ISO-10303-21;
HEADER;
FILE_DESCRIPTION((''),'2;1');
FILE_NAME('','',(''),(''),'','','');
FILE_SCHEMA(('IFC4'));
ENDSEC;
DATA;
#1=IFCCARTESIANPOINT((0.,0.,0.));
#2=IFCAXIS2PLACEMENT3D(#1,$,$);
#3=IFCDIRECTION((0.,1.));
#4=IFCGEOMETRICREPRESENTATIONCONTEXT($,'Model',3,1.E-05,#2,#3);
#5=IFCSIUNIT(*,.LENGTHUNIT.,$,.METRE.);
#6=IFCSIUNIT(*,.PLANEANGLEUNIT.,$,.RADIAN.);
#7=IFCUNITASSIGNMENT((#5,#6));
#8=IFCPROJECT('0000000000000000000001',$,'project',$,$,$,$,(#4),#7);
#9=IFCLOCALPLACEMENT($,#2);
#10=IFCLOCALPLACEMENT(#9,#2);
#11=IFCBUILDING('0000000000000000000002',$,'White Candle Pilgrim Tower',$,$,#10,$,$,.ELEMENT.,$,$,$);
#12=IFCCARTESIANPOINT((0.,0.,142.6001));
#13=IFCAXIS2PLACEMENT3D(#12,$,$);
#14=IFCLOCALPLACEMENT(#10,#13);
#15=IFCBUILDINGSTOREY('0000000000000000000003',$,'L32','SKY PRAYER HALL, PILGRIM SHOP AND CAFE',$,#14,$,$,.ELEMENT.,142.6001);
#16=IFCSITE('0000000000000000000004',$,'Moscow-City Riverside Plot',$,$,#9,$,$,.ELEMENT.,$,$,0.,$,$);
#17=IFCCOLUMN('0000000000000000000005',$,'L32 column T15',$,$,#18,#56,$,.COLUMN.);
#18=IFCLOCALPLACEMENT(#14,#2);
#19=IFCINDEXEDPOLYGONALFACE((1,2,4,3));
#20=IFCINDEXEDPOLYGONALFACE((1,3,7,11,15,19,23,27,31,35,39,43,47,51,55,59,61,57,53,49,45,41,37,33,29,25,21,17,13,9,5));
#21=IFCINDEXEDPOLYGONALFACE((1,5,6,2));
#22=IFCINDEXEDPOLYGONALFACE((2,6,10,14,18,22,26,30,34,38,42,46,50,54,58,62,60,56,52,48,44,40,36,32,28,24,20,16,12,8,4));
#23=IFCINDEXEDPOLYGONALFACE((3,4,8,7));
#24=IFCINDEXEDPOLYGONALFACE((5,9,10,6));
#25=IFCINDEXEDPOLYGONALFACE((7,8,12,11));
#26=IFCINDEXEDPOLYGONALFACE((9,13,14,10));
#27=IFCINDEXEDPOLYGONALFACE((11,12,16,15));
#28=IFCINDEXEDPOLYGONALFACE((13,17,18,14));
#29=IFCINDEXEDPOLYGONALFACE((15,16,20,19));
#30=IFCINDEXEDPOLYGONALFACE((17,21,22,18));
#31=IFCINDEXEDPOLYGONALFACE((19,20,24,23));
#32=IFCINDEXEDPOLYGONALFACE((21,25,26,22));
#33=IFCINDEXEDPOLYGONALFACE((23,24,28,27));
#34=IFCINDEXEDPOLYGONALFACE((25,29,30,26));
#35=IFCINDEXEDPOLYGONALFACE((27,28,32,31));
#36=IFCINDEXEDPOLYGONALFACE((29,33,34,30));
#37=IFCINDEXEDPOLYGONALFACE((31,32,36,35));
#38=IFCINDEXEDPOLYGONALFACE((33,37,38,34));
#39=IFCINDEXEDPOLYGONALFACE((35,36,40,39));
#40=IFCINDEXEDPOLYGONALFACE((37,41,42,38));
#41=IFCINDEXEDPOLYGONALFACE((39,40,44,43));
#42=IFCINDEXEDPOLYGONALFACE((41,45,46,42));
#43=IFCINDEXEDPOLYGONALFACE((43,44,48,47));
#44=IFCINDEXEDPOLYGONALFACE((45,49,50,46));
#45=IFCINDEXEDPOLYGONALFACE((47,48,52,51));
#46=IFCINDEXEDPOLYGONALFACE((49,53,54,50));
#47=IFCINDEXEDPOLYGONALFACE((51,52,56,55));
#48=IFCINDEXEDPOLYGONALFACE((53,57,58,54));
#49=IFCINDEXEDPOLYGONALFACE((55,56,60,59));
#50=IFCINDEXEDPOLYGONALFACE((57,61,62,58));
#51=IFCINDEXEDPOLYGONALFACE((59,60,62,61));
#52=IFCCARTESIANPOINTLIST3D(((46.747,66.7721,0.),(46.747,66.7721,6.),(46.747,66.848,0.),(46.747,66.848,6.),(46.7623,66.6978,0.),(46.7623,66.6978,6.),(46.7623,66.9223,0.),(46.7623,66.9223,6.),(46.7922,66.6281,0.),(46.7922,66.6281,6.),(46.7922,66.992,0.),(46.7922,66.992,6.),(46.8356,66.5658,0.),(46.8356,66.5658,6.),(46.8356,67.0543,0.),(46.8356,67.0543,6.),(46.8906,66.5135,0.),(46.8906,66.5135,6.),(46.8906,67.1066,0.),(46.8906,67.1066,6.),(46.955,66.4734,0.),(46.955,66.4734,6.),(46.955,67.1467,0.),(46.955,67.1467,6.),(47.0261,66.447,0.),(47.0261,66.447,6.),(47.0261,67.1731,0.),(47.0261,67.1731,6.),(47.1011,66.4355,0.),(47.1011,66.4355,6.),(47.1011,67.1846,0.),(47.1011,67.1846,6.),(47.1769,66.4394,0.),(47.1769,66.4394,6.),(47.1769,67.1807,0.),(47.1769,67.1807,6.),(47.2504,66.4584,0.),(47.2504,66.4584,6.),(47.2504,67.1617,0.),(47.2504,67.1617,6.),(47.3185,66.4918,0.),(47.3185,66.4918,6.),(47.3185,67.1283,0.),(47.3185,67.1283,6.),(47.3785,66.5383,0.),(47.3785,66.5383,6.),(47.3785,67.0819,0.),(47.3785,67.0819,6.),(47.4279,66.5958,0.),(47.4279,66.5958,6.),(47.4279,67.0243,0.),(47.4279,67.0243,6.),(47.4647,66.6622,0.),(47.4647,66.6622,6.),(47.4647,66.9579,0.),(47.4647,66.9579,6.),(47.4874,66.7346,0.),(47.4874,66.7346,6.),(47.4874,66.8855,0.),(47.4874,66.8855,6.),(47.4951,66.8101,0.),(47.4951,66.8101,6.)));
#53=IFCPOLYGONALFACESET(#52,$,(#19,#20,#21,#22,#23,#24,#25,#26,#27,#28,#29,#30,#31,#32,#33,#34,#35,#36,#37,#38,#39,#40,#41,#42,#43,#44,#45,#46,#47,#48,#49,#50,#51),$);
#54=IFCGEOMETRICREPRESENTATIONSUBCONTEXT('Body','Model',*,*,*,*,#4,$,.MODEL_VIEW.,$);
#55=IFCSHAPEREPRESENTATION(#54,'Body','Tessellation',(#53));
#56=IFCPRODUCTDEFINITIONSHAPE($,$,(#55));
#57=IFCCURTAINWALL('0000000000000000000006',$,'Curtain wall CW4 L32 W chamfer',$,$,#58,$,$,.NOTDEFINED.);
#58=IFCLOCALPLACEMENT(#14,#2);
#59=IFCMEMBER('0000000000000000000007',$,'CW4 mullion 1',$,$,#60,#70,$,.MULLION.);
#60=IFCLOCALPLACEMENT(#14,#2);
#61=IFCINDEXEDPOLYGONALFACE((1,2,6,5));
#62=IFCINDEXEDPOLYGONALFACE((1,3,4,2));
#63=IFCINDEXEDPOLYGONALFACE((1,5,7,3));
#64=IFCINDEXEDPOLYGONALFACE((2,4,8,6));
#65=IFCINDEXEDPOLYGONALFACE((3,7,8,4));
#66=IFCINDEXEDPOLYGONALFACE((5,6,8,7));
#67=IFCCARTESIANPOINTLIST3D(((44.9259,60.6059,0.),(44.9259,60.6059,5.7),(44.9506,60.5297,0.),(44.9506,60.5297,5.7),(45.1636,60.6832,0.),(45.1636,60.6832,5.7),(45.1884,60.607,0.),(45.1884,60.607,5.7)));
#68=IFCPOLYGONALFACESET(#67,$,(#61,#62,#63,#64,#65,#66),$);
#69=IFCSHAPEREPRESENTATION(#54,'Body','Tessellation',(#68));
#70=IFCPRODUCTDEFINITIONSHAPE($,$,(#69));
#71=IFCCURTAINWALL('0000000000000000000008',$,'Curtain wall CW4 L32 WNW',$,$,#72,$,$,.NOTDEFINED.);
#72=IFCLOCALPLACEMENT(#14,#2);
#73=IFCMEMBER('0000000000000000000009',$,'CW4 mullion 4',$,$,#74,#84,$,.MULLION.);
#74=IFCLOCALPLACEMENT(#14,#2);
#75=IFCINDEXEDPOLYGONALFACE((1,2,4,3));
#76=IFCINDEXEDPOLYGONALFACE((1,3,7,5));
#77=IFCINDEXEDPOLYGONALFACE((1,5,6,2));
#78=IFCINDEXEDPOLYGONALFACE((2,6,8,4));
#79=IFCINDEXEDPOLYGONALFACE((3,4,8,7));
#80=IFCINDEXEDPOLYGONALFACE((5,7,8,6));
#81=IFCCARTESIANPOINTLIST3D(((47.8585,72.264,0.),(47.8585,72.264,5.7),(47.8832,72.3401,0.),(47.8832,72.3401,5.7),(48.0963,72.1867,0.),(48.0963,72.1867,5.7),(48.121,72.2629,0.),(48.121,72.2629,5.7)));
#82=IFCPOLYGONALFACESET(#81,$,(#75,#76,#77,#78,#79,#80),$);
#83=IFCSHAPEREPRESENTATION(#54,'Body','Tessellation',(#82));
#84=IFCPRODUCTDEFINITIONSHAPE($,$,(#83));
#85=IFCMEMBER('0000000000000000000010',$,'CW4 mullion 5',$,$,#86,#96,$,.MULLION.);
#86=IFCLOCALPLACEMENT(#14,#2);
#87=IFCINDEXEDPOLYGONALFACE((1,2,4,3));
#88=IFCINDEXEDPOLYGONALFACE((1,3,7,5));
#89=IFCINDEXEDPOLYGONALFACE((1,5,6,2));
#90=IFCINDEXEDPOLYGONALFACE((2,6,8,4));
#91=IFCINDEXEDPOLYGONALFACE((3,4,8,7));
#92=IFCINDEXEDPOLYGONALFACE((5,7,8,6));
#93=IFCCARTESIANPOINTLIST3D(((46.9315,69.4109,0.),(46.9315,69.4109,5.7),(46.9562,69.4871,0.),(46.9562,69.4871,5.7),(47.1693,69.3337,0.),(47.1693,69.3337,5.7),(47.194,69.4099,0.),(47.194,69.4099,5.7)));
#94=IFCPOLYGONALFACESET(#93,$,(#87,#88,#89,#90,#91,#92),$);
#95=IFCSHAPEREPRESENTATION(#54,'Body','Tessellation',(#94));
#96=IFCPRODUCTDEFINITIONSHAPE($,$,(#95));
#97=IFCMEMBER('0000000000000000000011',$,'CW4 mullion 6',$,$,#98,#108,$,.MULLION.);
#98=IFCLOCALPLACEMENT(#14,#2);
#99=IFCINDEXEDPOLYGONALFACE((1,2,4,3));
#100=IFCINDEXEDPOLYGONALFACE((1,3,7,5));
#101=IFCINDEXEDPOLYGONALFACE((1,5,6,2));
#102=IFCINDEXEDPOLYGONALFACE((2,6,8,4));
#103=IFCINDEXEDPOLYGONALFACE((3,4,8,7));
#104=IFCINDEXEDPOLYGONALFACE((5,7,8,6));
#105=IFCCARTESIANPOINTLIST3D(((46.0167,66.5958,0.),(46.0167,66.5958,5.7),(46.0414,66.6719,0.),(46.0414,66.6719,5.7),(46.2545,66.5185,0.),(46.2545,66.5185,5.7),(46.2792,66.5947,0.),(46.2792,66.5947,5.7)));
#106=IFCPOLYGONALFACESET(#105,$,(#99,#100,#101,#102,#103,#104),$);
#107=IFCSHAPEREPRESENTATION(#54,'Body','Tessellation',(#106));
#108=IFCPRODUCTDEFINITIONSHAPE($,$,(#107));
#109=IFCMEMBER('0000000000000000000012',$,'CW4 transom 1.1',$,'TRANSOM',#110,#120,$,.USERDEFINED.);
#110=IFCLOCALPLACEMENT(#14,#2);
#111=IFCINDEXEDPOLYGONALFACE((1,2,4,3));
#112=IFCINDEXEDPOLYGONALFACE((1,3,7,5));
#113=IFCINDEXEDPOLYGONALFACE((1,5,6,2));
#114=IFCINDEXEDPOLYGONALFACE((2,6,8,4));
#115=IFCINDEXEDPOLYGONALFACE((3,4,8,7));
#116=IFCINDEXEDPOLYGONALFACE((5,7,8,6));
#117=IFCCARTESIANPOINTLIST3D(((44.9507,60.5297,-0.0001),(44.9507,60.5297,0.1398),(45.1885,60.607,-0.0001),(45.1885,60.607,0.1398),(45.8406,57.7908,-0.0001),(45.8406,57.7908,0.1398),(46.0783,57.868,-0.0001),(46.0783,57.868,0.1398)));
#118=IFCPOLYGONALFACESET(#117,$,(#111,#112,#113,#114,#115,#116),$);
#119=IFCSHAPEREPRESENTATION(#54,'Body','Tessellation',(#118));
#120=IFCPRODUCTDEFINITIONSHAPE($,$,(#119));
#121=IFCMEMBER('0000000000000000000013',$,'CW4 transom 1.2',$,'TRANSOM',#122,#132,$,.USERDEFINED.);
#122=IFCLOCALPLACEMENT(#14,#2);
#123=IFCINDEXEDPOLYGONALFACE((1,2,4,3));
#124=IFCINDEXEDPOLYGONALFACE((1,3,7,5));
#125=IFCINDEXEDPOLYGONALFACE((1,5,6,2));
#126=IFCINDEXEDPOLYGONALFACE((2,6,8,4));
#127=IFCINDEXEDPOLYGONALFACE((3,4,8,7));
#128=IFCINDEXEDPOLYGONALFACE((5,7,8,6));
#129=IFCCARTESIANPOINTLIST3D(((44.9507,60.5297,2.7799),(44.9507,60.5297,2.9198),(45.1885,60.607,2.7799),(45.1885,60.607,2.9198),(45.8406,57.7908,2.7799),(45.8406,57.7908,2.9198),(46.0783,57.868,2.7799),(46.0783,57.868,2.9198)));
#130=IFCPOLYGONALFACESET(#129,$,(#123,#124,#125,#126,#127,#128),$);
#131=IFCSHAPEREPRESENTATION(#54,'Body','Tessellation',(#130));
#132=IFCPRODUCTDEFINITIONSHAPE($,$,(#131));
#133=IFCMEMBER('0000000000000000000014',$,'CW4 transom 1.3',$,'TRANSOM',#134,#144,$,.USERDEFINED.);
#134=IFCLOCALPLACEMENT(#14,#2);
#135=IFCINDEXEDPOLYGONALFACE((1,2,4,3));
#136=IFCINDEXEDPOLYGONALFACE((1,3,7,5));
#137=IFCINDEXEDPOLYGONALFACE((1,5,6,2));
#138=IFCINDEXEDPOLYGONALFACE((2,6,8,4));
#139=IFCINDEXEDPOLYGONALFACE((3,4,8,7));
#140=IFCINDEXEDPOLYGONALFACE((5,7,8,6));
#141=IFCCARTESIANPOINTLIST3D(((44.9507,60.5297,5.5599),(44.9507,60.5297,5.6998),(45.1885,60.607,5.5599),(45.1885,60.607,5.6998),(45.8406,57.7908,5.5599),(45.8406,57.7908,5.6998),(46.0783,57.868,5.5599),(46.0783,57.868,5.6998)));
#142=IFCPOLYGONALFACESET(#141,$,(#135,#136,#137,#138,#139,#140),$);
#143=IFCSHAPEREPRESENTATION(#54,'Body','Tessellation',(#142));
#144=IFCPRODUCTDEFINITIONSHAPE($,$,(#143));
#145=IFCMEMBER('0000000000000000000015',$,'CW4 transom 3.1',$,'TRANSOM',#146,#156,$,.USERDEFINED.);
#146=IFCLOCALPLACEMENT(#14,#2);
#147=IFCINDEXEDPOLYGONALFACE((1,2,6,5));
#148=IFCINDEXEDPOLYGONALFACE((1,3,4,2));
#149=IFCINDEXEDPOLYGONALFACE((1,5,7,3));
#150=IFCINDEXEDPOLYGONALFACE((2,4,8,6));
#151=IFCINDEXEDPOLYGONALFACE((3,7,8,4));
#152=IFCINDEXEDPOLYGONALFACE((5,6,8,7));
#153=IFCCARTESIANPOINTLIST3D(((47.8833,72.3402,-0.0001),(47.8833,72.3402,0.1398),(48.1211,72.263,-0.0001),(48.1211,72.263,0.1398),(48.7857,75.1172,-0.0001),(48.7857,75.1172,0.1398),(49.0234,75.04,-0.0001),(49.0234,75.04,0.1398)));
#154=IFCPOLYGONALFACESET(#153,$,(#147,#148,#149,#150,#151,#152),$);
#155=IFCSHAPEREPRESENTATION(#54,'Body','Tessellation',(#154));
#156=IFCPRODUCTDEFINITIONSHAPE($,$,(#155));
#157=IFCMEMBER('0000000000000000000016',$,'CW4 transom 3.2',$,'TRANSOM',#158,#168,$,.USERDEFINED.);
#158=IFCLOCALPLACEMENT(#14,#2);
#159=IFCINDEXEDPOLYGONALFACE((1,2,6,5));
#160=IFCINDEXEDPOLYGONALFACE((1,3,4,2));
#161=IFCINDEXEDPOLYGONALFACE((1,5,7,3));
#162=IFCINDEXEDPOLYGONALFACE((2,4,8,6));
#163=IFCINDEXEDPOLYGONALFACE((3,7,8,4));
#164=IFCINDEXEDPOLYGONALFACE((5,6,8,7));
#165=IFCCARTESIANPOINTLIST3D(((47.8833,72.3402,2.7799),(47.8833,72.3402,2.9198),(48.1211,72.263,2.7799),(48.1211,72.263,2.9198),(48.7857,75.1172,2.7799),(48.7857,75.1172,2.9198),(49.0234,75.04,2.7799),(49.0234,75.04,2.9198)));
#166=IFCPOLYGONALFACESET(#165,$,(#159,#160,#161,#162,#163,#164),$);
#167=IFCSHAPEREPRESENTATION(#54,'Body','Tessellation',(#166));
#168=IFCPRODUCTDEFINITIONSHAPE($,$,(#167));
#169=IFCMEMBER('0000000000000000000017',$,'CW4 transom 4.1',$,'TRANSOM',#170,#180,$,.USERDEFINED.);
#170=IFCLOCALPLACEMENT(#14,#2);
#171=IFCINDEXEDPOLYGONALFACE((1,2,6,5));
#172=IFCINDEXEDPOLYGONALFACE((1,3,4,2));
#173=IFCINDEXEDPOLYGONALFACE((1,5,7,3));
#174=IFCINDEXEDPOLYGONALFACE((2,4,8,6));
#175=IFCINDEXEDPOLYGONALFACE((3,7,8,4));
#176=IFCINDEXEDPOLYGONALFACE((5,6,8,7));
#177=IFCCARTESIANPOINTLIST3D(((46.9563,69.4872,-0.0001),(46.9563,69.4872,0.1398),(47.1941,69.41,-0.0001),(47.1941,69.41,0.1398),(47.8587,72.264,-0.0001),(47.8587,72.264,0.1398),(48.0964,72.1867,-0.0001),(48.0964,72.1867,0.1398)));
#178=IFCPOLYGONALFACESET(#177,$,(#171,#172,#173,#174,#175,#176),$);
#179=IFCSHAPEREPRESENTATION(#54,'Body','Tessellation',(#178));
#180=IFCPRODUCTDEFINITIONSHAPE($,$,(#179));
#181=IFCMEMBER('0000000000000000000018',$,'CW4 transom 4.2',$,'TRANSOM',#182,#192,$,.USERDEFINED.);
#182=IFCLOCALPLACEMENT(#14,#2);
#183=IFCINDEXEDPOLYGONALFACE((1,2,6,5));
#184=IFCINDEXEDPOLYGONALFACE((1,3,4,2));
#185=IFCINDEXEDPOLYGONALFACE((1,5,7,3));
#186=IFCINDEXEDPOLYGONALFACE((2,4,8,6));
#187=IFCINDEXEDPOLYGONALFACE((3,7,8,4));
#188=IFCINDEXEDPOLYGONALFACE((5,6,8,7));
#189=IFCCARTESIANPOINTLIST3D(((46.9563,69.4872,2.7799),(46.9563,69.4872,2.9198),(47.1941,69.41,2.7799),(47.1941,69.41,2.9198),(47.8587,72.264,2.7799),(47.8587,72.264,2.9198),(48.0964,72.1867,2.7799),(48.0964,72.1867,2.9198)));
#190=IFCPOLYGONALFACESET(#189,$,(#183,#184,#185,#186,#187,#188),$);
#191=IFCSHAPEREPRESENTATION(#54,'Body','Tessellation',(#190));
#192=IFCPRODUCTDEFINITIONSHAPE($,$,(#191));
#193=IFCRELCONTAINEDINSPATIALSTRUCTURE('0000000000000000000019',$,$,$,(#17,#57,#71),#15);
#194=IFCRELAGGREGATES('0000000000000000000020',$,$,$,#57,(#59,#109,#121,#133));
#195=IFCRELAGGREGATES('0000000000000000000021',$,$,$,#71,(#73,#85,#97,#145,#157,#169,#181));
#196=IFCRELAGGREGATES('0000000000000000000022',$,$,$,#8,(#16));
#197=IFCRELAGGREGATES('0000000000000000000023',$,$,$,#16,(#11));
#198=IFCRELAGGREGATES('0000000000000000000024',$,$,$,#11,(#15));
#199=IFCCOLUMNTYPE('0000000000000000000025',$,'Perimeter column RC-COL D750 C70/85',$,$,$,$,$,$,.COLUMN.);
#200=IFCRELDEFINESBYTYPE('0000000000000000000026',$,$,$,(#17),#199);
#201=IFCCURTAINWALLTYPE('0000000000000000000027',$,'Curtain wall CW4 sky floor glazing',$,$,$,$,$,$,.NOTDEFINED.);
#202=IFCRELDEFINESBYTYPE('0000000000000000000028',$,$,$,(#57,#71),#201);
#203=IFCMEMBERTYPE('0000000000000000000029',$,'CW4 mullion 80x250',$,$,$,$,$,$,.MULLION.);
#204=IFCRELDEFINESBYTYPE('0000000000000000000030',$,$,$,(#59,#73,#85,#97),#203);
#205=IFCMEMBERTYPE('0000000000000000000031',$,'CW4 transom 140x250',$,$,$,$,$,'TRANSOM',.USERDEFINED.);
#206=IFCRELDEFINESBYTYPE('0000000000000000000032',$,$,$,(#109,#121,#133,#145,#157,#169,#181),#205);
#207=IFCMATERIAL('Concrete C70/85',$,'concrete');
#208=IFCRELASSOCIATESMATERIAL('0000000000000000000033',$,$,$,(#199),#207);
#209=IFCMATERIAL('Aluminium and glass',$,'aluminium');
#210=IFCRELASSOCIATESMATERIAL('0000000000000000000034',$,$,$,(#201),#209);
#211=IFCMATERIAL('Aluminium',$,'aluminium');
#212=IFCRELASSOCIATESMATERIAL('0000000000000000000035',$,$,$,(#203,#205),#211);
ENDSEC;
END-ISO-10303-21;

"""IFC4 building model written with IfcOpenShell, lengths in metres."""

from ifc_helpers import new_model, si_unit, direction, frame, origin, origin_2d, place, context, subcontext, project, spatial, rectangle, circle, extrude, material, material_profile, profile_set, type_object, element, aggregate, save


model = new_model("IFC4")

# Units and contexts
model_context = context("Model", 3, precision=1e-05, world=origin(), true_north=direction((0.0, 1.0)))
body_context = subcontext(model_context, "Body", "Model", "MODEL_VIEW")
ifc_project = project(units=[si_unit("LENGTHUNIT", "METRE"), si_unit("PLANEANGLEUNIT", "RADIAN")], contexts=[model_context])

# Site, building, storey
site_placement = place(None, origin())
site = spatial("IfcSite", under=ifc_project, at=site_placement, Name="Moscow-City Riverside Plot", CompositionType="ELEMENT", RefElevation=0.0)
building_placement = place(site_placement, origin())
building = spatial("IfcBuilding", under=site, at=building_placement, Name="White Candle Pilgrim Tower", CompositionType="ELEMENT")
storey_placement = place(building_placement, frame((0.0, 0.0, 142.6001)))
storey = spatial("IfcBuildingStorey", under=building, at=storey_placement, Name="L32", Description="SKY PRAYER HALL, PILGRIM SHOP AND CAFE", CompositionType="ELEMENT", Elevation=142.6001)

# Column
ifc_material_1 = material(Name="Concrete C70/85", Category="concrete")
ifc_material_profile_1 = material_profile(ifc_material_1, circle(Radius=0.375, at=origin_2d()), Name="RC-COL D750")
ifc_profile_set_1 = profile_set([ifc_material_profile_1], Name="Concrete C70/85")
column_type = type_object("IfcColumnType", Name="Perimeter column RC-COL D750 C70/85", PredefinedType="COLUMN", material=ifc_profile_set_1)
column_placement = place(storey_placement, frame((47.1201, 66.8101, 0.0), z_axis=(0.0, 0.0, 1.0), x_axis=(1.0, 0.0, 0.0)))
element("IfcColumn", 1, at=column_placement, inside=storey, type_object=column_type, Name="L32 column T15", PredefinedType="COLUMN", context=body_context, shape_type="SweptSolid", body=[
    extrude(circle(Radius=0.375, at=origin_2d()), origin(), (0.0, 0.0, 1.0), 6.0),
])

# Curtain wall, member
ifc_material_2 = material(Name="Aluminium and glass", Category="aluminium")
curtain_wall_type = type_object("IfcCurtainWallType", Name="Curtain wall CW4 sky floor glazing", PredefinedType="NOTDEFINED", material=ifc_material_2)
curtain_wall_1_placement = place(storey_placement, origin())
curtain_wall_1 = element("IfcCurtainWall", 2, at=curtain_wall_1_placement, inside=storey, type_object=curtain_wall_type, Name="Curtain wall CW4 L32 W chamfer", PredefinedType="NOTDEFINED")
ifc_material_3 = material(Name="Aluminium", Category="aluminium")
ifc_material_profile_2 = material_profile(ifc_material_3, rectangle(XDim=0.25, YDim=0.0801, at=origin_2d()), Name="CW4 mullion 80x250")
ifc_profile_set_2 = profile_set([ifc_material_profile_2], Name="Aluminium")
member_type_1 = type_object("IfcMemberType", Name="CW4 mullion 80x250", PredefinedType="MULLION", material=ifc_profile_set_2)
member_1_placement = place(storey_placement, frame((45.0571, 60.6064, 0.0), z_axis=(0.0, 0.0, 1.0), x_axis=(0.951057, 0.309017, 0.0)))
member_1 = element("IfcMember", 3, at=member_1_placement, type_object=member_type_1, Name="CW4 mullion 1", PredefinedType="MULLION", context=body_context, shape_type="SweptSolid", body=[
    extrude(rectangle(XDim=0.25, YDim=0.0801, at=origin_2d()), origin(), (0.0, 0.0, 1.0), 5.7),
])

# Curtain wall, members
curtain_wall_2_placement = place(storey_placement, origin())
curtain_wall_2 = element("IfcCurtainWall", 4, at=curtain_wall_2_placement, inside=storey, type_object=curtain_wall_type, Name="Curtain wall CW4 L32 WNW", PredefinedType="NOTDEFINED")
member_2_placement = place(storey_placement, frame((47.9897, 72.2634, 0.0), z_axis=(0.0, 0.0, 1.0), x_axis=(0.951057, -0.309017, 0.0)))
member_2 = element("IfcMember", 5, at=member_2_placement, type_object=member_type_1, Name="CW4 mullion 4", PredefinedType="MULLION", context=body_context, shape_type="SweptSolid", body=[
    extrude(rectangle(XDim=0.25, YDim=0.0801, at=origin_2d()), origin(), (0.0, 0.0, 1.0), 5.7),
])
member_3_placement = place(storey_placement, frame((47.0627, 69.4104, 0.0), z_axis=(0.0, 0.0, 1.0), x_axis=(0.951057, -0.309017, 0.0)))
member_3 = element("IfcMember", 6, at=member_3_placement, type_object=member_type_1, Name="CW4 mullion 5", PredefinedType="MULLION", context=body_context, shape_type="SweptSolid", body=[
    extrude(rectangle(XDim=0.25, YDim=0.0801, at=origin_2d()), origin(), (0.0, 0.0, 1.0), 5.7),
])
member_4_placement = place(storey_placement, frame((46.1479, 66.5952, 0.0), z_axis=(0.0, 0.0, 1.0), x_axis=(0.951057, -0.309017, 0.0)))
member_4 = element("IfcMember", 7, at=member_4_placement, type_object=member_type_1, Name="CW4 mullion 6", PredefinedType="MULLION", context=body_context, shape_type="SweptSolid", body=[
    extrude(rectangle(XDim=0.25, YDim=0.0801, at=origin_2d()), origin(), (0.0, 0.0, 1.0), 5.7),
])

# Members
ifc_material_profile_3 = material_profile(ifc_material_3, rectangle(XDim=0.25, YDim=0.1399, at=origin_2d()), Name="CW4 transom 140x250")
ifc_profile_set_3 = profile_set([ifc_material_profile_3], Name="Aluminium")
member_type_2 = type_object("IfcMemberType", Name="CW4 transom 140x250", ElementType="TRANSOM", PredefinedType="USERDEFINED", material=ifc_profile_set_3)
member_5_placement = place(storey_placement, frame((45.0696, 60.5684, 0.0698), z_axis=(0.308996, -0.951063, 0.0), x_axis=(0.951063, 0.308996, 0.0)))
member_5 = element("IfcMember", 8, at=member_5_placement, type_object=member_type_2, Name="CW4 transom 1.1", ObjectType="TRANSOM", PredefinedType="USERDEFINED", context=body_context, shape_type="SweptSolid", body=[
    extrude(rectangle(XDim=0.25, YDim=0.1399, at=origin_2d()), origin(), (0.0, 0.0, 1.0), 2.8799),
])
member_6_placement = place(storey_placement, frame((45.0696, 60.5684, 2.8499), z_axis=(0.308996, -0.951063, 0.0), x_axis=(0.951063, 0.308996, 0.0)))
member_6 = element("IfcMember", 9, at=member_6_placement, type_object=member_type_2, Name="CW4 transom 1.2", ObjectType="TRANSOM", PredefinedType="USERDEFINED", context=body_context, shape_type="SweptSolid", body=[
    extrude(rectangle(XDim=0.25, YDim=0.1399, at=origin_2d()), origin(), (0.0, 0.0, 1.0), 2.8799),
])
member_7_placement = place(storey_placement, frame((45.0696, 60.5684, 5.6299), z_axis=(0.308996, -0.951063, 0.0), x_axis=(0.951063, 0.308996, 0.0)))
member_7 = element("IfcMember", 10, at=member_7_placement, type_object=member_type_2, Name="CW4 transom 1.3", ObjectType="TRANSOM", PredefinedType="USERDEFINED", context=body_context, shape_type="SweptSolid", body=[
    extrude(rectangle(XDim=0.25, YDim=0.1399, at=origin_2d()), origin(), (0.0, 0.0, 1.0), 2.8799),
])
aggregate(curtain_wall_1, [member_1, member_5, member_6, member_7])
member_8_placement = place(storey_placement, frame((48.9045, 75.0786, 0.0698), z_axis=(-0.30902, -0.951056, 0.0), x_axis=(0.951056, -0.30902, 0.0)))
member_8 = element("IfcMember", 11, at=member_8_placement, type_object=member_type_2, Name="CW4 transom 3.1", ObjectType="TRANSOM", PredefinedType="USERDEFINED", context=body_context, shape_type="SweptSolid", body=[
    extrude(rectangle(XDim=0.25, YDim=0.1399, at=origin_2d()), origin(), (0.0, 0.0, 1.0), 2.9199),
])
member_9_placement = place(storey_placement, frame((48.9045, 75.0786, 2.8499), z_axis=(-0.30902, -0.951056, 0.0), x_axis=(0.951056, -0.30902, 0.0)))
member_9 = element("IfcMember", 12, at=member_9_placement, type_object=member_type_2, Name="CW4 transom 3.2", ObjectType="TRANSOM", PredefinedType="USERDEFINED", context=body_context, shape_type="SweptSolid", body=[
    extrude(rectangle(XDim=0.25, YDim=0.1399, at=origin_2d()), origin(), (0.0, 0.0, 1.0), 2.9199),
])
member_10_placement = place(storey_placement, frame((47.9775, 72.2253, 0.0698), z_axis=(-0.309044, -0.951048, 0.0), x_axis=(0.951048, -0.309044, 0.0)))
member_10 = element("IfcMember", 13, at=member_10_placement, type_object=member_type_2, Name="CW4 transom 4.1", ObjectType="TRANSOM", PredefinedType="USERDEFINED", context=body_context, shape_type="SweptSolid", body=[
    extrude(rectangle(XDim=0.25, YDim=0.1399, at=origin_2d()), origin(), (0.0, 0.0, 1.0), 2.9197),
])
member_11_placement = place(storey_placement, frame((47.9775, 72.2253, 2.8499), z_axis=(-0.309044, -0.951048, 0.0), x_axis=(0.951048, -0.309044, 0.0)))
member_11 = element("IfcMember", 14, at=member_11_placement, type_object=member_type_2, Name="CW4 transom 4.2", ObjectType="TRANSOM", PredefinedType="USERDEFINED", context=body_context, shape_type="SweptSolid", body=[
    extrude(rectangle(XDim=0.25, YDim=0.1399, at=origin_2d()), origin(), (0.0, 0.0, 1.0), 2.9197),
])

aggregate(curtain_wall_2, [member_2, member_3, member_4, member_8, member_9, member_10, member_11])

save(model, "model.ifc")
